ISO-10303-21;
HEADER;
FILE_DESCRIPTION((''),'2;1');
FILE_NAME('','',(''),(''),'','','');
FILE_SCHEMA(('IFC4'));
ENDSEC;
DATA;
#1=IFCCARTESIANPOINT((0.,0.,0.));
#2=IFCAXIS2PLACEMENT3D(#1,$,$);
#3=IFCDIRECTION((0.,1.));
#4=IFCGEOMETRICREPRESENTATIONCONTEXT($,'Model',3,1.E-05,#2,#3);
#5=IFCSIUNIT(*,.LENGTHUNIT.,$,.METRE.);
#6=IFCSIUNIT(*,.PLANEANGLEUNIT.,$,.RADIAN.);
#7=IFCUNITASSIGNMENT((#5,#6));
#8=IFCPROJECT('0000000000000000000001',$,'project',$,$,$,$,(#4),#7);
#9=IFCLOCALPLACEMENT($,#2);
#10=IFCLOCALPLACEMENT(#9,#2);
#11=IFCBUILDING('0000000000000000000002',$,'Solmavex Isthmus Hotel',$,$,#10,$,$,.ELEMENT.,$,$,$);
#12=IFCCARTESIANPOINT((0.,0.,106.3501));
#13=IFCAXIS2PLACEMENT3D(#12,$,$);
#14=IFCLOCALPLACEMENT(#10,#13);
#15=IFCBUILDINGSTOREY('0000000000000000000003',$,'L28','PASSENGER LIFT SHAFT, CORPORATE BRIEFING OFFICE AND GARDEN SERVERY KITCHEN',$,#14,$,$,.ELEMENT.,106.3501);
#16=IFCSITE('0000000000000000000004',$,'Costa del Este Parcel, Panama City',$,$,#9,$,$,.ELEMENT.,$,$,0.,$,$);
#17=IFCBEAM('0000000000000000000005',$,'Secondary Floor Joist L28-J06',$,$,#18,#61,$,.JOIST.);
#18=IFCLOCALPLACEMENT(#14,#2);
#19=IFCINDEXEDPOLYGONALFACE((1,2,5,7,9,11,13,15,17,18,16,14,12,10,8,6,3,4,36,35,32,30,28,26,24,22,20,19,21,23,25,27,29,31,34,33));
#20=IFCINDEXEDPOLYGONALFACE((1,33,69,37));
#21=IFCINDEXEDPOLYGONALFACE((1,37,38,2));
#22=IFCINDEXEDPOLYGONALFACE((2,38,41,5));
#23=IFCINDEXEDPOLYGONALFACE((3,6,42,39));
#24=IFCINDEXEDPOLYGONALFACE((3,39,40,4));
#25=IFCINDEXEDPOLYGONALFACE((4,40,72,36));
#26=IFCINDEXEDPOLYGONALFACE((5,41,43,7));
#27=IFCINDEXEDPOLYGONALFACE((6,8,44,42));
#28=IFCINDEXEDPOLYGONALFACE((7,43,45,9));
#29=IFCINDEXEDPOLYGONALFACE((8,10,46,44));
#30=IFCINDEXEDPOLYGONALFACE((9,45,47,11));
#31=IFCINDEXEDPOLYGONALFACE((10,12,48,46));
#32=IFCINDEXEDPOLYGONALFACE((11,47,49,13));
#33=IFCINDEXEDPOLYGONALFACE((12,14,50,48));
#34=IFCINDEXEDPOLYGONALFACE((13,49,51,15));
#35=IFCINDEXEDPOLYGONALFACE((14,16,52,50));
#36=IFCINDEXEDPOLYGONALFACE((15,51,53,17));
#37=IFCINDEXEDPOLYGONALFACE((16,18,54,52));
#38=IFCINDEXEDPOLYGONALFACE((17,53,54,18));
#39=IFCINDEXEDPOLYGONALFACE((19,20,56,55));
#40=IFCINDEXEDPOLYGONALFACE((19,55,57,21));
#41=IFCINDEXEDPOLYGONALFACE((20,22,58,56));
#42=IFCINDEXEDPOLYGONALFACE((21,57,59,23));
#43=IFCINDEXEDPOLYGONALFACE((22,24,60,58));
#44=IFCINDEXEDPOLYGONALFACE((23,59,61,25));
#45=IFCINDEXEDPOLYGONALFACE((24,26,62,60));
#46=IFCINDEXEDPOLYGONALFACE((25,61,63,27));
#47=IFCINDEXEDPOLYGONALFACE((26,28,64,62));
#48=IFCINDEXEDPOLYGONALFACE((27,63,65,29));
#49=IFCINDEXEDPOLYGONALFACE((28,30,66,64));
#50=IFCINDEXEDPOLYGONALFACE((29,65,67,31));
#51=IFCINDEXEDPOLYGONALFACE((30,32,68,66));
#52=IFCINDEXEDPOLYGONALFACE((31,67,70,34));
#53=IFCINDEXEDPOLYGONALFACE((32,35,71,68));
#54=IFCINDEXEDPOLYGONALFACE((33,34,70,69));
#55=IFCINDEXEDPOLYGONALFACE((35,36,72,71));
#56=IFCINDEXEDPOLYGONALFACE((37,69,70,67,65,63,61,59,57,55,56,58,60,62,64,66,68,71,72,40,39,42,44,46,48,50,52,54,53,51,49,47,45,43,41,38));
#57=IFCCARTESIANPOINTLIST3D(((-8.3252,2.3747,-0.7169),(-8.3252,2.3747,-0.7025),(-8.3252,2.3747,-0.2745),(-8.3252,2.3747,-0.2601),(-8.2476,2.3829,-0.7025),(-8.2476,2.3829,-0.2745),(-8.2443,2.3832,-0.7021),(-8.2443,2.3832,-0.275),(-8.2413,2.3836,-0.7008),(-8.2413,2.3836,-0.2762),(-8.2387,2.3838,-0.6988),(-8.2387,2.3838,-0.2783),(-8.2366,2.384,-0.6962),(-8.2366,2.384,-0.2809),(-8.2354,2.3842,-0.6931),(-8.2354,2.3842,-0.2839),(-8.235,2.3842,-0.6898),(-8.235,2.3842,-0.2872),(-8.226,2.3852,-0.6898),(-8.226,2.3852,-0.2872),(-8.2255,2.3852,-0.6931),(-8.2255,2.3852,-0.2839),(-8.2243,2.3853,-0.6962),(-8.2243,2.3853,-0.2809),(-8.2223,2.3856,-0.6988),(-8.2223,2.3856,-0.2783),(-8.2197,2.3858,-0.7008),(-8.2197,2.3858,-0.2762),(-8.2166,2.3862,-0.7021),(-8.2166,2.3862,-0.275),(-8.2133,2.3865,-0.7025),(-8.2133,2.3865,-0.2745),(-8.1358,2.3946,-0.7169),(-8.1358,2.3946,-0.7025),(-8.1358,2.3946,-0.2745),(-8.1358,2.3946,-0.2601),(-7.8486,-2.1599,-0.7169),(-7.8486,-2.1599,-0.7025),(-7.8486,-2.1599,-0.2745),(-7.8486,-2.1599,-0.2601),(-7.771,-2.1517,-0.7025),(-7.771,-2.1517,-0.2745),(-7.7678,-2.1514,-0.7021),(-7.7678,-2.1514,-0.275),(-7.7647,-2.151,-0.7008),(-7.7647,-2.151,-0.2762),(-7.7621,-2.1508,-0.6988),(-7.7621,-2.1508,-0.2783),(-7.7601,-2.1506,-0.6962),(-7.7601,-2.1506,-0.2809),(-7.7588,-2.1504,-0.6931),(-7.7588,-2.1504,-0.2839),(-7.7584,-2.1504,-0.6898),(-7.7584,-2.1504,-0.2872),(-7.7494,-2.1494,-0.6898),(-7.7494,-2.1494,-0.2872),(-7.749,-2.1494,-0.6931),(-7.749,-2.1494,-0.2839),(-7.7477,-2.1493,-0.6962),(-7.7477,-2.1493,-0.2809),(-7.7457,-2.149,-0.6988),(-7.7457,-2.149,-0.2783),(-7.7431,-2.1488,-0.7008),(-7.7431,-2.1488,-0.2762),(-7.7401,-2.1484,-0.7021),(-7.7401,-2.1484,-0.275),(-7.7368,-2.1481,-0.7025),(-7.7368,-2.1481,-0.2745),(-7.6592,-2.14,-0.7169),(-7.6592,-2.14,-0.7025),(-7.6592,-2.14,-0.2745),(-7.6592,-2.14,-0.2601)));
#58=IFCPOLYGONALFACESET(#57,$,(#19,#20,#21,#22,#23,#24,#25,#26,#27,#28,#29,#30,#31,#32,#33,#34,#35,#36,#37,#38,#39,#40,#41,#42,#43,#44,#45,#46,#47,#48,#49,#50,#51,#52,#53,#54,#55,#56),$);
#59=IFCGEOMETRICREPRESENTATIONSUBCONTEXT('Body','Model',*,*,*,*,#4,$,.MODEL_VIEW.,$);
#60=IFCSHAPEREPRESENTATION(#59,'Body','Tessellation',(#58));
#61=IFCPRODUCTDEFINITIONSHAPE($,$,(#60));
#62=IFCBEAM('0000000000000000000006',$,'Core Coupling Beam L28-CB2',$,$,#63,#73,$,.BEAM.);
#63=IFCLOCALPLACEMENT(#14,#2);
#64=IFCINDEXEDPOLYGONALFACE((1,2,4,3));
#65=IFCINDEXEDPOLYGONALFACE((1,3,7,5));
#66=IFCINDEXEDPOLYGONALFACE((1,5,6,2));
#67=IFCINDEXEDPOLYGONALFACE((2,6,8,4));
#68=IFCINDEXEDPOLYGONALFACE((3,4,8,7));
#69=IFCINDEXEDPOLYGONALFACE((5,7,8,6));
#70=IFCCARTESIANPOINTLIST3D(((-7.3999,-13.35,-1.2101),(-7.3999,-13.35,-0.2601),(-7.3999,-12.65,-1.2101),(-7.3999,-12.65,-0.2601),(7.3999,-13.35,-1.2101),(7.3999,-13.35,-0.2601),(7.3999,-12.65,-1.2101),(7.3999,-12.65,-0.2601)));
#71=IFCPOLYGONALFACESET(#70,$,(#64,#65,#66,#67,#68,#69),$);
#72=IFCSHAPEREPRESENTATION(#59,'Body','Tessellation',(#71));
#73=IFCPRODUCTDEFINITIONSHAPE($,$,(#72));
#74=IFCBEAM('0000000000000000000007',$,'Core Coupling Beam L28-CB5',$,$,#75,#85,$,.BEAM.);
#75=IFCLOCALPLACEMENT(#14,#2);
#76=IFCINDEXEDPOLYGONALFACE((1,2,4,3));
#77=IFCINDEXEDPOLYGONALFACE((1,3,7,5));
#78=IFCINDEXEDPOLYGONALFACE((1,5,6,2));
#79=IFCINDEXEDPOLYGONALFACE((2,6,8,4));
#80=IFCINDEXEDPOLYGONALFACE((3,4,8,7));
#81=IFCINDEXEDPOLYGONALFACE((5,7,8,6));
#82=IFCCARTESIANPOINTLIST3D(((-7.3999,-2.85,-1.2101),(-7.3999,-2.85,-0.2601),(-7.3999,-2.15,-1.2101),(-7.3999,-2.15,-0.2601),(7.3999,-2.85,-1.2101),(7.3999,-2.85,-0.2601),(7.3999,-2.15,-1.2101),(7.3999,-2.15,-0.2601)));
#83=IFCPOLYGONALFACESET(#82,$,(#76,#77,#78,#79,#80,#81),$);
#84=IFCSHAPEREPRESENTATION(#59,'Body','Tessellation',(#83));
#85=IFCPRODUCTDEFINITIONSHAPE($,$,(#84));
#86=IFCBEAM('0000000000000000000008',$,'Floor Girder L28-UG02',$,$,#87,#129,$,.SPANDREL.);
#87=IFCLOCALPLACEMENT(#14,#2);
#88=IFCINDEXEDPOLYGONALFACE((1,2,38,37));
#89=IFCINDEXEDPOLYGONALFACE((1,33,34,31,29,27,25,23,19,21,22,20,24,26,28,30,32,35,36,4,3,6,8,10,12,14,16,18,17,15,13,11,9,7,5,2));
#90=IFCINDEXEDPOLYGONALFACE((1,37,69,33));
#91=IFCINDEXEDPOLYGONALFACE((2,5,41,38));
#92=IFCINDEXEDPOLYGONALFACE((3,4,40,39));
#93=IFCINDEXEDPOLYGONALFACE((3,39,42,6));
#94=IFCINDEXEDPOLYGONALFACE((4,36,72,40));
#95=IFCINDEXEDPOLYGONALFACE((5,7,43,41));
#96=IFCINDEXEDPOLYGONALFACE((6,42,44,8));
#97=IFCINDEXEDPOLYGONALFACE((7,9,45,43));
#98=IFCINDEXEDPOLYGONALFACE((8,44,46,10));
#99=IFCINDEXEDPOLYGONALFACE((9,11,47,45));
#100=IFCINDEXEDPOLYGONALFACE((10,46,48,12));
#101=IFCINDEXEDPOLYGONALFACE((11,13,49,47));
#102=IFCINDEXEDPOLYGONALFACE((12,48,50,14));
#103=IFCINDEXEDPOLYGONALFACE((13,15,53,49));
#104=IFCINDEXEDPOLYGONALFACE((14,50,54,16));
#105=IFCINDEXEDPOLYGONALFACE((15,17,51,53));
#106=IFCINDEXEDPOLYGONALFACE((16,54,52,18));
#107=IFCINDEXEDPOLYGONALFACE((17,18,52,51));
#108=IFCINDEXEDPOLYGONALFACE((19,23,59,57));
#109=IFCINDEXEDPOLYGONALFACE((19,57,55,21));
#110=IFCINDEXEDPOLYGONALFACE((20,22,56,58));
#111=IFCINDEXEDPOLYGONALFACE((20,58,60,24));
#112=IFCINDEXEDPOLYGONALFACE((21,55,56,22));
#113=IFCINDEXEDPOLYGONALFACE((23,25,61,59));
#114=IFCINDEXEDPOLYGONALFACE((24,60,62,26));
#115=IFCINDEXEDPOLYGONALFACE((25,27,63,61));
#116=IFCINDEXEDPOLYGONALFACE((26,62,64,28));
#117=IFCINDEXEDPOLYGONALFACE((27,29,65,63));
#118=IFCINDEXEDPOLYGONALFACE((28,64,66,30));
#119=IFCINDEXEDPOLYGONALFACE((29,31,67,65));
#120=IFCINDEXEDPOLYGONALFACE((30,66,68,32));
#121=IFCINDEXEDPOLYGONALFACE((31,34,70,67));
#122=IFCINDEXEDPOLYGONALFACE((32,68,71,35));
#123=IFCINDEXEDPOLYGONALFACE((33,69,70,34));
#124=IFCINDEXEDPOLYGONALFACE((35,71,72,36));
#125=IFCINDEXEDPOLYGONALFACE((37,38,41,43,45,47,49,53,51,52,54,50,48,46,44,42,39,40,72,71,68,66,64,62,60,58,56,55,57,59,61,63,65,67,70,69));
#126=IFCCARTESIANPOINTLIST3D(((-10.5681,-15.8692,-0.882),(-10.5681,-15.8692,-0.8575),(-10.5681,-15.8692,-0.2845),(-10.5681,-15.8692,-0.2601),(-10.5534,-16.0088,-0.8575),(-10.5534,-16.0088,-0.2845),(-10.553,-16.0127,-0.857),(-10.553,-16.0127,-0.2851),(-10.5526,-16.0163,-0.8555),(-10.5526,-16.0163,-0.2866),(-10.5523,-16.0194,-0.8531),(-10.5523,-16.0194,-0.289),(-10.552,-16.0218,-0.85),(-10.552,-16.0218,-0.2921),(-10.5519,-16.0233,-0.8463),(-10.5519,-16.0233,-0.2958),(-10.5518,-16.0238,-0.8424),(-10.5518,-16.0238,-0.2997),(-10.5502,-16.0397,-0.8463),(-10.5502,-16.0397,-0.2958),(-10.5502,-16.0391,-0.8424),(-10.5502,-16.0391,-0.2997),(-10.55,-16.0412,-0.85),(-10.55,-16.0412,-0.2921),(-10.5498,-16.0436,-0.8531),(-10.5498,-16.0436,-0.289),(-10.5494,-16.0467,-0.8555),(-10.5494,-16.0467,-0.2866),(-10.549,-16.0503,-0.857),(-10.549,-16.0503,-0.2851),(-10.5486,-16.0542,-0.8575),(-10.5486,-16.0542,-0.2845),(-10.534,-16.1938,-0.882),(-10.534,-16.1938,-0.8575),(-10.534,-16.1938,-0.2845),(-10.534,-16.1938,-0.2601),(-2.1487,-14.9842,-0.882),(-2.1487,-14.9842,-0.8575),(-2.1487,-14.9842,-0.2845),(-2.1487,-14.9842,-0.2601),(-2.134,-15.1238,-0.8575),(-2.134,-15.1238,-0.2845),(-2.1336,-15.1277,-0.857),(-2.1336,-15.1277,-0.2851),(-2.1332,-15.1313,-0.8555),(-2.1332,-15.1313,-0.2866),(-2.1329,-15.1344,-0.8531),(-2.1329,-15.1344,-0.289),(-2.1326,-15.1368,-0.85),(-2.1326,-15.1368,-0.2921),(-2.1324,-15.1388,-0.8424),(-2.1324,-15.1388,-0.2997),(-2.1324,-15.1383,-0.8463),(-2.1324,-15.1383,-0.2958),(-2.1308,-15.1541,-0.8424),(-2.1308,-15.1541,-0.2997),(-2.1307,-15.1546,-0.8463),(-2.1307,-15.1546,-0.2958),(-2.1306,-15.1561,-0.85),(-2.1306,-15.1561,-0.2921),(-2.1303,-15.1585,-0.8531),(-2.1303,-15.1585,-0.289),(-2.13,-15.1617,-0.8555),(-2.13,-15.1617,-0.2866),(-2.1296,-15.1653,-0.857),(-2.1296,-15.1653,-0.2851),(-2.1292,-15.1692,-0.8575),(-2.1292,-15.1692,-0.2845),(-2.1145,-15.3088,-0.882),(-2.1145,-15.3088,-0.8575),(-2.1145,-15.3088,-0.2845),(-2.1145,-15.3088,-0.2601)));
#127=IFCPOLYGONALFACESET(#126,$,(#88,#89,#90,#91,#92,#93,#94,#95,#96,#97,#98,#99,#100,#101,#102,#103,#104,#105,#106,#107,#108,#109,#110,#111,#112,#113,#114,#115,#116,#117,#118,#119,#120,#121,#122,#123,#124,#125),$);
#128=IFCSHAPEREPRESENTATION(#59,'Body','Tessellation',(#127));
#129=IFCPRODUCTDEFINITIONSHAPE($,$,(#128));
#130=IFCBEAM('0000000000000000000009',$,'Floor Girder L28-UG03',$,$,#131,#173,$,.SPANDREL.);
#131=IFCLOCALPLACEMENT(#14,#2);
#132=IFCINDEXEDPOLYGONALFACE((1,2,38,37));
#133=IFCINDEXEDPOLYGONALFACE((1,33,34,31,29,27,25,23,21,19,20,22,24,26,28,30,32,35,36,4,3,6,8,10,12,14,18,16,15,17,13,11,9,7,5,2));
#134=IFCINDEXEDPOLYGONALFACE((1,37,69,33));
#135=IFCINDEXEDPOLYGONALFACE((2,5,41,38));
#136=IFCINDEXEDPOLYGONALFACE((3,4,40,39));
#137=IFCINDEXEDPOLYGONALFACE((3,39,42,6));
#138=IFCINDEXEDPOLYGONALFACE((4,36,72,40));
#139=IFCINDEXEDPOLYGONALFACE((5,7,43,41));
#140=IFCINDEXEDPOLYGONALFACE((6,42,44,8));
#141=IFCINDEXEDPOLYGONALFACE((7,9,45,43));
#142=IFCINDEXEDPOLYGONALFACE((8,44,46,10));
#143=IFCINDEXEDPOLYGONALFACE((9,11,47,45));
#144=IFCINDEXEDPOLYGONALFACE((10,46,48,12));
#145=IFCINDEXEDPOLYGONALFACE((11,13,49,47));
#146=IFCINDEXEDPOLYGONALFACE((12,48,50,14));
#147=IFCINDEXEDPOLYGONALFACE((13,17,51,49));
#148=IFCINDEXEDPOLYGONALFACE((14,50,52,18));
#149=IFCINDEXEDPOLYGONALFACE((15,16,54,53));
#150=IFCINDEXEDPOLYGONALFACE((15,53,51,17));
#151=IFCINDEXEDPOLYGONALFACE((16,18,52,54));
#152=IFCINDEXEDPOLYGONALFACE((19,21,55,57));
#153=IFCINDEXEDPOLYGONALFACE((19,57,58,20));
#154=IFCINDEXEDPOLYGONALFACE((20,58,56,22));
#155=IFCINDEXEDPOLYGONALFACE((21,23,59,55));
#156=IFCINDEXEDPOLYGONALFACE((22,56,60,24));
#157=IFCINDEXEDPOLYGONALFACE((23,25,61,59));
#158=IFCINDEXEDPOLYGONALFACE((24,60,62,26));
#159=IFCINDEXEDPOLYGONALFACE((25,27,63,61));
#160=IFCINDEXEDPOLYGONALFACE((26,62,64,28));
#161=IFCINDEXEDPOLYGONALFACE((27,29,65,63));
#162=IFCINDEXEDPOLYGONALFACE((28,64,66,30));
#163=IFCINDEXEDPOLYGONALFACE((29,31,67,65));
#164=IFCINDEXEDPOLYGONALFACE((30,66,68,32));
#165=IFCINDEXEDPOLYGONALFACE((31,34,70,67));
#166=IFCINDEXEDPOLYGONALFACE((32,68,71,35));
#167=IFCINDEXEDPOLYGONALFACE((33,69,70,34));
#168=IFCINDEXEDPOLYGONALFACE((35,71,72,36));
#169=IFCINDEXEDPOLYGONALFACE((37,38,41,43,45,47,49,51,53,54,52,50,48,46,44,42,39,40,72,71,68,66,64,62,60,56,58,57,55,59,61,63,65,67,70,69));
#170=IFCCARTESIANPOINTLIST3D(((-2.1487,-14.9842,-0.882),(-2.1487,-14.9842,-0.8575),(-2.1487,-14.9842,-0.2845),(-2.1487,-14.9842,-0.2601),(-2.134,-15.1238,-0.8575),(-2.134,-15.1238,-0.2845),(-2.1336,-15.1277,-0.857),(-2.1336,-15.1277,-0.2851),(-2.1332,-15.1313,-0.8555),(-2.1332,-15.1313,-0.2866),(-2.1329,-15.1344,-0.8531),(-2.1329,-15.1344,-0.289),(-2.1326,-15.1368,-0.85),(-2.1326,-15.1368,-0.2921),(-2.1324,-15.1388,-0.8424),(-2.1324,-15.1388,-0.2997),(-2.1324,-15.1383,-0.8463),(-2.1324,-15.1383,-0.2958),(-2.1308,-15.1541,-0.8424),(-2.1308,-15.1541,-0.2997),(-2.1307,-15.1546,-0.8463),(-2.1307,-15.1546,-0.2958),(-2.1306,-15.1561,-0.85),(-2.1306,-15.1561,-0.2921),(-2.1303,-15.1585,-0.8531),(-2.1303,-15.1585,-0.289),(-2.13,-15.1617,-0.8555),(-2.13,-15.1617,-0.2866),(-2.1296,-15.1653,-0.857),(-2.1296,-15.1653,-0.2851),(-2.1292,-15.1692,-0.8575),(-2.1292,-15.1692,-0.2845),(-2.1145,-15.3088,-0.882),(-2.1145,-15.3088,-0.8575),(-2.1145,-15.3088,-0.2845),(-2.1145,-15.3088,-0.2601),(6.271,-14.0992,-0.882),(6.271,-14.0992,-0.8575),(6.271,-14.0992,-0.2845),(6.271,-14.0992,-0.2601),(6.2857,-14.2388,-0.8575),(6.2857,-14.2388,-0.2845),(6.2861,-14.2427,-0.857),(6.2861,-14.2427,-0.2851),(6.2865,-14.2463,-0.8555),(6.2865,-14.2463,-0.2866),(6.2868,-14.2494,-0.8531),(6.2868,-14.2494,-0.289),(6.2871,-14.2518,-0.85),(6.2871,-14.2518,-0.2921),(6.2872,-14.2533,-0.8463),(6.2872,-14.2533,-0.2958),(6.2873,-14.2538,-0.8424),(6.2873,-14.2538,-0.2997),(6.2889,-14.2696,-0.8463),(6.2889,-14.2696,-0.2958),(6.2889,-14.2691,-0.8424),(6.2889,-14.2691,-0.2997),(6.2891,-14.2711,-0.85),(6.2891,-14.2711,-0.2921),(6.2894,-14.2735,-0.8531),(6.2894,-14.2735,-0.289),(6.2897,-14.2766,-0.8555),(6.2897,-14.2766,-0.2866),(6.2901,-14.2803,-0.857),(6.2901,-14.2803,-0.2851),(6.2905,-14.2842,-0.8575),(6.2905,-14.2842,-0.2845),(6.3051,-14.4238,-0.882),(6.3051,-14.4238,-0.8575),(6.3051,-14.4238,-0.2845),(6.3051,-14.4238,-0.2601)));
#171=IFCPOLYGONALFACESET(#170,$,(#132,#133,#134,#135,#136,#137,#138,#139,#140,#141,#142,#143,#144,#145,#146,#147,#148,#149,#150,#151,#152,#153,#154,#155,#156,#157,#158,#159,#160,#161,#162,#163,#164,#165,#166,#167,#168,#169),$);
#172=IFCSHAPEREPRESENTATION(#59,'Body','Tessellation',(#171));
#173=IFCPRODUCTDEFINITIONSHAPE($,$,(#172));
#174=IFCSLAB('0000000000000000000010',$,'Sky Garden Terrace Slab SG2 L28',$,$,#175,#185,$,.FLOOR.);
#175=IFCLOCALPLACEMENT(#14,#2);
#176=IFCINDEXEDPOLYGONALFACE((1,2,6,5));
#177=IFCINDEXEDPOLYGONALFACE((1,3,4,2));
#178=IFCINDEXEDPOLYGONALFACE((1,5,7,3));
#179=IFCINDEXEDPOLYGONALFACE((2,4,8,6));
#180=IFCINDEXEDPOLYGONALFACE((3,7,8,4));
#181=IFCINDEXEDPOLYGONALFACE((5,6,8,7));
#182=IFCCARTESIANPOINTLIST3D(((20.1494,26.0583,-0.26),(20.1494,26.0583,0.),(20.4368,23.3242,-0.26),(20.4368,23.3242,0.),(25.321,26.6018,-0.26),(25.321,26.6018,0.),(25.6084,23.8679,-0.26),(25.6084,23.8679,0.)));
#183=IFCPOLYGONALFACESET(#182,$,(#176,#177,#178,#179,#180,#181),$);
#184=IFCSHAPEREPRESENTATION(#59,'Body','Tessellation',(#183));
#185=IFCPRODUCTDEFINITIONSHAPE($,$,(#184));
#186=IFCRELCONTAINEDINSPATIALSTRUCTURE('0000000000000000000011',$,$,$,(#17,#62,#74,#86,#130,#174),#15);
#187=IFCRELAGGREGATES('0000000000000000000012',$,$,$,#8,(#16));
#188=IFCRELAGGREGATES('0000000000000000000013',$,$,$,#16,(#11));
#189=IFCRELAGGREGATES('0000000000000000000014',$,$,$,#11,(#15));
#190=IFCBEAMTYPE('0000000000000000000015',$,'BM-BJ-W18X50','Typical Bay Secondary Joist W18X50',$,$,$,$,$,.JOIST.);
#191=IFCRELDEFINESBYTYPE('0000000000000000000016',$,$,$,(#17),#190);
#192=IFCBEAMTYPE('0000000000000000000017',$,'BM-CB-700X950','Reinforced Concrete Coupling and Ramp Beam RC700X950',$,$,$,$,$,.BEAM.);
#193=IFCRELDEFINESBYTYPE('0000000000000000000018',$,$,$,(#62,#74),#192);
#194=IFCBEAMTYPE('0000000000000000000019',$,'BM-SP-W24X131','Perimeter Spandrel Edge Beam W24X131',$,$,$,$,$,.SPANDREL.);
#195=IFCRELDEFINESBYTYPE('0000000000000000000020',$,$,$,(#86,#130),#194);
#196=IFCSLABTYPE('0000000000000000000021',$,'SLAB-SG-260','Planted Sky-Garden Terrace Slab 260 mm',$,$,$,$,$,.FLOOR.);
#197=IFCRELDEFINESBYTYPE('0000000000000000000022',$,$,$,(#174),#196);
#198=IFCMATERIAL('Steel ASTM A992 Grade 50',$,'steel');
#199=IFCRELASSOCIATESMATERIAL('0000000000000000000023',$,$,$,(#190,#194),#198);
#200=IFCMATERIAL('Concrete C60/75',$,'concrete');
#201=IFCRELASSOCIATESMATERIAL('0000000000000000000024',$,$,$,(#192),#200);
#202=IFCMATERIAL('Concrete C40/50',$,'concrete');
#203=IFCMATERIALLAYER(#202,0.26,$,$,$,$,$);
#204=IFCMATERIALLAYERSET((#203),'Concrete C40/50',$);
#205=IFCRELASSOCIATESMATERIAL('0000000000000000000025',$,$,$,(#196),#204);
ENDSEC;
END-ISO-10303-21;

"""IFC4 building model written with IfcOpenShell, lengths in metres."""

from ifc_helpers import new_model, si_unit, direction, frame, origin, origin_2d, place, context, subcontext, project, spatial, polyline, rectangle, i_section, outline, extrude, material, layer, layer_set, material_profile, profile_set, type_object, element, save


model = new_model("IFC4")

# Units and contexts
model_context = context("Model", 3, precision=1e-05, world=origin(), true_north=direction((0.0, 1.0)))
body_context = subcontext(model_context, "Body", "Model", "MODEL_VIEW")
ifc_project = project(units=[si_unit("LENGTHUNIT", "METRE"), si_unit("PLANEANGLEUNIT", "RADIAN")], contexts=[model_context])

# Site, building, storey
site_placement = place(None, origin())
site = spatial("IfcSite", under=ifc_project, at=site_placement, Name="Costa del Este Parcel, Panama City", CompositionType="ELEMENT", RefElevation=0.0)
building_placement = place(site_placement, origin())
building = spatial("IfcBuilding", under=site, at=building_placement, Name="Solmavex Isthmus Hotel", CompositionType="ELEMENT")
storey_placement = place(building_placement, frame((0.0, 0.0, 106.3501)))
storey = spatial("IfcBuildingStorey", under=building, at=storey_placement, Name="L28", Description="PASSENGER LIFT SHAFT, CORPORATE BRIEFING OFFICE AND GARDEN SERVERY KITCHEN", CompositionType="ELEMENT", Elevation=106.3501)

# Shared definitions
ifc_material_1 = material(Name="Concrete C60/75", Category="concrete")

# Beams
ifc_material_2 = material(Name="Steel ASTM A992 Grade 50", Category="steel")
ifc_material_profile_1 = material_profile(ifc_material_2, i_section(OverallWidth=0.1904, OverallDepth=0.4568, WebThickness=0.009, FlangeThickness=0.0144, FilletRadius=0.0127, at=origin_2d()), Name="W18X50")
ifc_profile_set_1 = profile_set([ifc_material_profile_1], Name="Steel ASTM A992 Grade 50")
beam_type_1 = type_object("IfcBeamType", Name="BM-BJ-W18X50", Description="Typical Bay Secondary Joist W18X50", PredefinedType="JOIST", material=ifc_profile_set_1)
beam_1_placement = place(storey_placement, frame((-7.7539, -2.1499, -0.4885), z_axis=(-0.104518, 0.994523, 0.0), x_axis=(-0.994523, -0.104518, 0.0)))
element("IfcBeam", 1, at=beam_1_placement, inside=storey, type_object=beam_type_1, Name="Secondary Floor Joist L28-J06", PredefinedType="JOIST", context=body_context, shape_type="SweptSolid", body=[
    extrude(i_section(OverallWidth=0.1904, OverallDepth=0.4568, WebThickness=0.009, FlangeThickness=0.0144, FilletRadius=0.0127, at=origin_2d()), origin(), (0.0, 0.0, 1.0), 4.5596),
])
ifc_material_profile_2 = material_profile(ifc_material_1, rectangle(XDim=0.7, YDim=0.95, at=origin_2d()), Name="RC700X950")
ifc_profile_set_2 = profile_set([ifc_material_profile_2], Name="Concrete C60/75")
beam_type_2 = type_object("IfcBeamType", Name="BM-CB-700X950", Description="Reinforced Concrete Coupling and Ramp Beam RC700X950", PredefinedType="BEAM", material=ifc_profile_set_2)
for number, where, z_axis, x_axis, name in (
    (2, (-7.3999, -13.0, -0.7351), (1.0, 0.0, 0.0), (0.0, 1.0, 0.0), "Core Coupling Beam L28-CB2"),
    (3, (-7.3999, -2.5, -0.7351), (1.0, 0.0, 0.0), (0.0, 1.0, 0.0), "Core Coupling Beam L28-CB5"),
):
    element("IfcBeam", number, at=place(storey_placement, frame(where, z_axis=z_axis, x_axis=x_axis)), inside=storey, type_object=beam_type_2, Name=name, PredefinedType="BEAM", context=body_context, shape_type="SweptSolid", body=[
        extrude(rectangle(XDim=0.7, YDim=0.95, at=origin_2d()), origin(), (0.0, 0.0, 1.0), 14.7998),
    ])
ifc_material_profile_3 = material_profile(ifc_material_2, i_section(OverallWidth=0.3264, OverallDepth=0.6218, WebThickness=0.0154, FlangeThickness=0.0244, FilletRadius=0.0151, at=origin_2d()), Name="W24X131")
ifc_profile_set_3 = profile_set([ifc_material_profile_3], Name="Steel ASTM A992 Grade 50")
beam_type_3 = type_object("IfcBeamType", Name="BM-SP-W24X131", Description="Perimeter Spandrel Edge Beam W24X131", PredefinedType="SPANDREL", material=ifc_profile_set_3)
beam_2_placement = place(storey_placement, frame((-10.551, -16.0315, -0.571), z_axis=(0.994521, 0.104539, 0.0), x_axis=(-0.104539, 0.994521, 0.0)))
element("IfcBeam", 4, at=beam_2_placement, inside=storey, type_object=beam_type_3, Name="Floor Girder L28-UG02", PredefinedType="SPANDREL", context=body_context, shape_type="SweptSolid", body=[
    extrude(i_section(OverallWidth=0.3264, OverallDepth=0.6218, WebThickness=0.0154, FlangeThickness=0.0244, FilletRadius=0.0151, at=origin_2d()), origin(), (0.0, 0.0, 1.0), 8.4658),
])
beam_3_placement = place(storey_placement, frame((-2.1316, -15.1465, -0.571), z_axis=(0.994521, 0.104536, 0.0), x_axis=(-0.104536, 0.994521, 0.0)))
element("IfcBeam", 5, at=beam_3_placement, inside=storey, type_object=beam_type_3, Name="Floor Girder L28-UG03", PredefinedType="SPANDREL", context=body_context, shape_type="SweptSolid", body=[
    extrude(i_section(OverallWidth=0.3264, OverallDepth=0.6218, WebThickness=0.0154, FlangeThickness=0.0244, FilletRadius=0.0151, at=origin_2d()), origin(), (0.0, 0.0, 1.0), 8.4661),
])

# Slab
ifc_material_3 = material(Name="Concrete C40/50", Category="concrete")
ifc_layer_1 = layer(ifc_material_3, 0.26)
ifc_layer_set_1 = layer_set([ifc_layer_1], Name="Concrete C40/50")
slab_type_1 = type_object("IfcSlabType", Name="SLAB-SG-260", Description="Planted Sky-Garden Terrace Slab 260 mm", PredefinedType="FLOOR", material=ifc_layer_set_1)
slab_1_placement = place(storey_placement, frame((0.0, 0.0, -0.26)))
element("IfcSlab", 6, at=slab_1_placement, inside=storey, type_object=slab_type_1, Name="Sky Garden Terrace Slab SG2 L28", PredefinedType="FLOOR", context=body_context, shape_type="SweptSolid", body=[
    extrude(outline(polyline([(20.4368, 23.3242), (25.6084, 23.8679), (25.321, 26.6018), (20.1494, 26.0583), (20.4368, 23.3242)])), origin(), (0.0, 0.0, 1.0), 0.26),
])

save(model, "model.ifc")
